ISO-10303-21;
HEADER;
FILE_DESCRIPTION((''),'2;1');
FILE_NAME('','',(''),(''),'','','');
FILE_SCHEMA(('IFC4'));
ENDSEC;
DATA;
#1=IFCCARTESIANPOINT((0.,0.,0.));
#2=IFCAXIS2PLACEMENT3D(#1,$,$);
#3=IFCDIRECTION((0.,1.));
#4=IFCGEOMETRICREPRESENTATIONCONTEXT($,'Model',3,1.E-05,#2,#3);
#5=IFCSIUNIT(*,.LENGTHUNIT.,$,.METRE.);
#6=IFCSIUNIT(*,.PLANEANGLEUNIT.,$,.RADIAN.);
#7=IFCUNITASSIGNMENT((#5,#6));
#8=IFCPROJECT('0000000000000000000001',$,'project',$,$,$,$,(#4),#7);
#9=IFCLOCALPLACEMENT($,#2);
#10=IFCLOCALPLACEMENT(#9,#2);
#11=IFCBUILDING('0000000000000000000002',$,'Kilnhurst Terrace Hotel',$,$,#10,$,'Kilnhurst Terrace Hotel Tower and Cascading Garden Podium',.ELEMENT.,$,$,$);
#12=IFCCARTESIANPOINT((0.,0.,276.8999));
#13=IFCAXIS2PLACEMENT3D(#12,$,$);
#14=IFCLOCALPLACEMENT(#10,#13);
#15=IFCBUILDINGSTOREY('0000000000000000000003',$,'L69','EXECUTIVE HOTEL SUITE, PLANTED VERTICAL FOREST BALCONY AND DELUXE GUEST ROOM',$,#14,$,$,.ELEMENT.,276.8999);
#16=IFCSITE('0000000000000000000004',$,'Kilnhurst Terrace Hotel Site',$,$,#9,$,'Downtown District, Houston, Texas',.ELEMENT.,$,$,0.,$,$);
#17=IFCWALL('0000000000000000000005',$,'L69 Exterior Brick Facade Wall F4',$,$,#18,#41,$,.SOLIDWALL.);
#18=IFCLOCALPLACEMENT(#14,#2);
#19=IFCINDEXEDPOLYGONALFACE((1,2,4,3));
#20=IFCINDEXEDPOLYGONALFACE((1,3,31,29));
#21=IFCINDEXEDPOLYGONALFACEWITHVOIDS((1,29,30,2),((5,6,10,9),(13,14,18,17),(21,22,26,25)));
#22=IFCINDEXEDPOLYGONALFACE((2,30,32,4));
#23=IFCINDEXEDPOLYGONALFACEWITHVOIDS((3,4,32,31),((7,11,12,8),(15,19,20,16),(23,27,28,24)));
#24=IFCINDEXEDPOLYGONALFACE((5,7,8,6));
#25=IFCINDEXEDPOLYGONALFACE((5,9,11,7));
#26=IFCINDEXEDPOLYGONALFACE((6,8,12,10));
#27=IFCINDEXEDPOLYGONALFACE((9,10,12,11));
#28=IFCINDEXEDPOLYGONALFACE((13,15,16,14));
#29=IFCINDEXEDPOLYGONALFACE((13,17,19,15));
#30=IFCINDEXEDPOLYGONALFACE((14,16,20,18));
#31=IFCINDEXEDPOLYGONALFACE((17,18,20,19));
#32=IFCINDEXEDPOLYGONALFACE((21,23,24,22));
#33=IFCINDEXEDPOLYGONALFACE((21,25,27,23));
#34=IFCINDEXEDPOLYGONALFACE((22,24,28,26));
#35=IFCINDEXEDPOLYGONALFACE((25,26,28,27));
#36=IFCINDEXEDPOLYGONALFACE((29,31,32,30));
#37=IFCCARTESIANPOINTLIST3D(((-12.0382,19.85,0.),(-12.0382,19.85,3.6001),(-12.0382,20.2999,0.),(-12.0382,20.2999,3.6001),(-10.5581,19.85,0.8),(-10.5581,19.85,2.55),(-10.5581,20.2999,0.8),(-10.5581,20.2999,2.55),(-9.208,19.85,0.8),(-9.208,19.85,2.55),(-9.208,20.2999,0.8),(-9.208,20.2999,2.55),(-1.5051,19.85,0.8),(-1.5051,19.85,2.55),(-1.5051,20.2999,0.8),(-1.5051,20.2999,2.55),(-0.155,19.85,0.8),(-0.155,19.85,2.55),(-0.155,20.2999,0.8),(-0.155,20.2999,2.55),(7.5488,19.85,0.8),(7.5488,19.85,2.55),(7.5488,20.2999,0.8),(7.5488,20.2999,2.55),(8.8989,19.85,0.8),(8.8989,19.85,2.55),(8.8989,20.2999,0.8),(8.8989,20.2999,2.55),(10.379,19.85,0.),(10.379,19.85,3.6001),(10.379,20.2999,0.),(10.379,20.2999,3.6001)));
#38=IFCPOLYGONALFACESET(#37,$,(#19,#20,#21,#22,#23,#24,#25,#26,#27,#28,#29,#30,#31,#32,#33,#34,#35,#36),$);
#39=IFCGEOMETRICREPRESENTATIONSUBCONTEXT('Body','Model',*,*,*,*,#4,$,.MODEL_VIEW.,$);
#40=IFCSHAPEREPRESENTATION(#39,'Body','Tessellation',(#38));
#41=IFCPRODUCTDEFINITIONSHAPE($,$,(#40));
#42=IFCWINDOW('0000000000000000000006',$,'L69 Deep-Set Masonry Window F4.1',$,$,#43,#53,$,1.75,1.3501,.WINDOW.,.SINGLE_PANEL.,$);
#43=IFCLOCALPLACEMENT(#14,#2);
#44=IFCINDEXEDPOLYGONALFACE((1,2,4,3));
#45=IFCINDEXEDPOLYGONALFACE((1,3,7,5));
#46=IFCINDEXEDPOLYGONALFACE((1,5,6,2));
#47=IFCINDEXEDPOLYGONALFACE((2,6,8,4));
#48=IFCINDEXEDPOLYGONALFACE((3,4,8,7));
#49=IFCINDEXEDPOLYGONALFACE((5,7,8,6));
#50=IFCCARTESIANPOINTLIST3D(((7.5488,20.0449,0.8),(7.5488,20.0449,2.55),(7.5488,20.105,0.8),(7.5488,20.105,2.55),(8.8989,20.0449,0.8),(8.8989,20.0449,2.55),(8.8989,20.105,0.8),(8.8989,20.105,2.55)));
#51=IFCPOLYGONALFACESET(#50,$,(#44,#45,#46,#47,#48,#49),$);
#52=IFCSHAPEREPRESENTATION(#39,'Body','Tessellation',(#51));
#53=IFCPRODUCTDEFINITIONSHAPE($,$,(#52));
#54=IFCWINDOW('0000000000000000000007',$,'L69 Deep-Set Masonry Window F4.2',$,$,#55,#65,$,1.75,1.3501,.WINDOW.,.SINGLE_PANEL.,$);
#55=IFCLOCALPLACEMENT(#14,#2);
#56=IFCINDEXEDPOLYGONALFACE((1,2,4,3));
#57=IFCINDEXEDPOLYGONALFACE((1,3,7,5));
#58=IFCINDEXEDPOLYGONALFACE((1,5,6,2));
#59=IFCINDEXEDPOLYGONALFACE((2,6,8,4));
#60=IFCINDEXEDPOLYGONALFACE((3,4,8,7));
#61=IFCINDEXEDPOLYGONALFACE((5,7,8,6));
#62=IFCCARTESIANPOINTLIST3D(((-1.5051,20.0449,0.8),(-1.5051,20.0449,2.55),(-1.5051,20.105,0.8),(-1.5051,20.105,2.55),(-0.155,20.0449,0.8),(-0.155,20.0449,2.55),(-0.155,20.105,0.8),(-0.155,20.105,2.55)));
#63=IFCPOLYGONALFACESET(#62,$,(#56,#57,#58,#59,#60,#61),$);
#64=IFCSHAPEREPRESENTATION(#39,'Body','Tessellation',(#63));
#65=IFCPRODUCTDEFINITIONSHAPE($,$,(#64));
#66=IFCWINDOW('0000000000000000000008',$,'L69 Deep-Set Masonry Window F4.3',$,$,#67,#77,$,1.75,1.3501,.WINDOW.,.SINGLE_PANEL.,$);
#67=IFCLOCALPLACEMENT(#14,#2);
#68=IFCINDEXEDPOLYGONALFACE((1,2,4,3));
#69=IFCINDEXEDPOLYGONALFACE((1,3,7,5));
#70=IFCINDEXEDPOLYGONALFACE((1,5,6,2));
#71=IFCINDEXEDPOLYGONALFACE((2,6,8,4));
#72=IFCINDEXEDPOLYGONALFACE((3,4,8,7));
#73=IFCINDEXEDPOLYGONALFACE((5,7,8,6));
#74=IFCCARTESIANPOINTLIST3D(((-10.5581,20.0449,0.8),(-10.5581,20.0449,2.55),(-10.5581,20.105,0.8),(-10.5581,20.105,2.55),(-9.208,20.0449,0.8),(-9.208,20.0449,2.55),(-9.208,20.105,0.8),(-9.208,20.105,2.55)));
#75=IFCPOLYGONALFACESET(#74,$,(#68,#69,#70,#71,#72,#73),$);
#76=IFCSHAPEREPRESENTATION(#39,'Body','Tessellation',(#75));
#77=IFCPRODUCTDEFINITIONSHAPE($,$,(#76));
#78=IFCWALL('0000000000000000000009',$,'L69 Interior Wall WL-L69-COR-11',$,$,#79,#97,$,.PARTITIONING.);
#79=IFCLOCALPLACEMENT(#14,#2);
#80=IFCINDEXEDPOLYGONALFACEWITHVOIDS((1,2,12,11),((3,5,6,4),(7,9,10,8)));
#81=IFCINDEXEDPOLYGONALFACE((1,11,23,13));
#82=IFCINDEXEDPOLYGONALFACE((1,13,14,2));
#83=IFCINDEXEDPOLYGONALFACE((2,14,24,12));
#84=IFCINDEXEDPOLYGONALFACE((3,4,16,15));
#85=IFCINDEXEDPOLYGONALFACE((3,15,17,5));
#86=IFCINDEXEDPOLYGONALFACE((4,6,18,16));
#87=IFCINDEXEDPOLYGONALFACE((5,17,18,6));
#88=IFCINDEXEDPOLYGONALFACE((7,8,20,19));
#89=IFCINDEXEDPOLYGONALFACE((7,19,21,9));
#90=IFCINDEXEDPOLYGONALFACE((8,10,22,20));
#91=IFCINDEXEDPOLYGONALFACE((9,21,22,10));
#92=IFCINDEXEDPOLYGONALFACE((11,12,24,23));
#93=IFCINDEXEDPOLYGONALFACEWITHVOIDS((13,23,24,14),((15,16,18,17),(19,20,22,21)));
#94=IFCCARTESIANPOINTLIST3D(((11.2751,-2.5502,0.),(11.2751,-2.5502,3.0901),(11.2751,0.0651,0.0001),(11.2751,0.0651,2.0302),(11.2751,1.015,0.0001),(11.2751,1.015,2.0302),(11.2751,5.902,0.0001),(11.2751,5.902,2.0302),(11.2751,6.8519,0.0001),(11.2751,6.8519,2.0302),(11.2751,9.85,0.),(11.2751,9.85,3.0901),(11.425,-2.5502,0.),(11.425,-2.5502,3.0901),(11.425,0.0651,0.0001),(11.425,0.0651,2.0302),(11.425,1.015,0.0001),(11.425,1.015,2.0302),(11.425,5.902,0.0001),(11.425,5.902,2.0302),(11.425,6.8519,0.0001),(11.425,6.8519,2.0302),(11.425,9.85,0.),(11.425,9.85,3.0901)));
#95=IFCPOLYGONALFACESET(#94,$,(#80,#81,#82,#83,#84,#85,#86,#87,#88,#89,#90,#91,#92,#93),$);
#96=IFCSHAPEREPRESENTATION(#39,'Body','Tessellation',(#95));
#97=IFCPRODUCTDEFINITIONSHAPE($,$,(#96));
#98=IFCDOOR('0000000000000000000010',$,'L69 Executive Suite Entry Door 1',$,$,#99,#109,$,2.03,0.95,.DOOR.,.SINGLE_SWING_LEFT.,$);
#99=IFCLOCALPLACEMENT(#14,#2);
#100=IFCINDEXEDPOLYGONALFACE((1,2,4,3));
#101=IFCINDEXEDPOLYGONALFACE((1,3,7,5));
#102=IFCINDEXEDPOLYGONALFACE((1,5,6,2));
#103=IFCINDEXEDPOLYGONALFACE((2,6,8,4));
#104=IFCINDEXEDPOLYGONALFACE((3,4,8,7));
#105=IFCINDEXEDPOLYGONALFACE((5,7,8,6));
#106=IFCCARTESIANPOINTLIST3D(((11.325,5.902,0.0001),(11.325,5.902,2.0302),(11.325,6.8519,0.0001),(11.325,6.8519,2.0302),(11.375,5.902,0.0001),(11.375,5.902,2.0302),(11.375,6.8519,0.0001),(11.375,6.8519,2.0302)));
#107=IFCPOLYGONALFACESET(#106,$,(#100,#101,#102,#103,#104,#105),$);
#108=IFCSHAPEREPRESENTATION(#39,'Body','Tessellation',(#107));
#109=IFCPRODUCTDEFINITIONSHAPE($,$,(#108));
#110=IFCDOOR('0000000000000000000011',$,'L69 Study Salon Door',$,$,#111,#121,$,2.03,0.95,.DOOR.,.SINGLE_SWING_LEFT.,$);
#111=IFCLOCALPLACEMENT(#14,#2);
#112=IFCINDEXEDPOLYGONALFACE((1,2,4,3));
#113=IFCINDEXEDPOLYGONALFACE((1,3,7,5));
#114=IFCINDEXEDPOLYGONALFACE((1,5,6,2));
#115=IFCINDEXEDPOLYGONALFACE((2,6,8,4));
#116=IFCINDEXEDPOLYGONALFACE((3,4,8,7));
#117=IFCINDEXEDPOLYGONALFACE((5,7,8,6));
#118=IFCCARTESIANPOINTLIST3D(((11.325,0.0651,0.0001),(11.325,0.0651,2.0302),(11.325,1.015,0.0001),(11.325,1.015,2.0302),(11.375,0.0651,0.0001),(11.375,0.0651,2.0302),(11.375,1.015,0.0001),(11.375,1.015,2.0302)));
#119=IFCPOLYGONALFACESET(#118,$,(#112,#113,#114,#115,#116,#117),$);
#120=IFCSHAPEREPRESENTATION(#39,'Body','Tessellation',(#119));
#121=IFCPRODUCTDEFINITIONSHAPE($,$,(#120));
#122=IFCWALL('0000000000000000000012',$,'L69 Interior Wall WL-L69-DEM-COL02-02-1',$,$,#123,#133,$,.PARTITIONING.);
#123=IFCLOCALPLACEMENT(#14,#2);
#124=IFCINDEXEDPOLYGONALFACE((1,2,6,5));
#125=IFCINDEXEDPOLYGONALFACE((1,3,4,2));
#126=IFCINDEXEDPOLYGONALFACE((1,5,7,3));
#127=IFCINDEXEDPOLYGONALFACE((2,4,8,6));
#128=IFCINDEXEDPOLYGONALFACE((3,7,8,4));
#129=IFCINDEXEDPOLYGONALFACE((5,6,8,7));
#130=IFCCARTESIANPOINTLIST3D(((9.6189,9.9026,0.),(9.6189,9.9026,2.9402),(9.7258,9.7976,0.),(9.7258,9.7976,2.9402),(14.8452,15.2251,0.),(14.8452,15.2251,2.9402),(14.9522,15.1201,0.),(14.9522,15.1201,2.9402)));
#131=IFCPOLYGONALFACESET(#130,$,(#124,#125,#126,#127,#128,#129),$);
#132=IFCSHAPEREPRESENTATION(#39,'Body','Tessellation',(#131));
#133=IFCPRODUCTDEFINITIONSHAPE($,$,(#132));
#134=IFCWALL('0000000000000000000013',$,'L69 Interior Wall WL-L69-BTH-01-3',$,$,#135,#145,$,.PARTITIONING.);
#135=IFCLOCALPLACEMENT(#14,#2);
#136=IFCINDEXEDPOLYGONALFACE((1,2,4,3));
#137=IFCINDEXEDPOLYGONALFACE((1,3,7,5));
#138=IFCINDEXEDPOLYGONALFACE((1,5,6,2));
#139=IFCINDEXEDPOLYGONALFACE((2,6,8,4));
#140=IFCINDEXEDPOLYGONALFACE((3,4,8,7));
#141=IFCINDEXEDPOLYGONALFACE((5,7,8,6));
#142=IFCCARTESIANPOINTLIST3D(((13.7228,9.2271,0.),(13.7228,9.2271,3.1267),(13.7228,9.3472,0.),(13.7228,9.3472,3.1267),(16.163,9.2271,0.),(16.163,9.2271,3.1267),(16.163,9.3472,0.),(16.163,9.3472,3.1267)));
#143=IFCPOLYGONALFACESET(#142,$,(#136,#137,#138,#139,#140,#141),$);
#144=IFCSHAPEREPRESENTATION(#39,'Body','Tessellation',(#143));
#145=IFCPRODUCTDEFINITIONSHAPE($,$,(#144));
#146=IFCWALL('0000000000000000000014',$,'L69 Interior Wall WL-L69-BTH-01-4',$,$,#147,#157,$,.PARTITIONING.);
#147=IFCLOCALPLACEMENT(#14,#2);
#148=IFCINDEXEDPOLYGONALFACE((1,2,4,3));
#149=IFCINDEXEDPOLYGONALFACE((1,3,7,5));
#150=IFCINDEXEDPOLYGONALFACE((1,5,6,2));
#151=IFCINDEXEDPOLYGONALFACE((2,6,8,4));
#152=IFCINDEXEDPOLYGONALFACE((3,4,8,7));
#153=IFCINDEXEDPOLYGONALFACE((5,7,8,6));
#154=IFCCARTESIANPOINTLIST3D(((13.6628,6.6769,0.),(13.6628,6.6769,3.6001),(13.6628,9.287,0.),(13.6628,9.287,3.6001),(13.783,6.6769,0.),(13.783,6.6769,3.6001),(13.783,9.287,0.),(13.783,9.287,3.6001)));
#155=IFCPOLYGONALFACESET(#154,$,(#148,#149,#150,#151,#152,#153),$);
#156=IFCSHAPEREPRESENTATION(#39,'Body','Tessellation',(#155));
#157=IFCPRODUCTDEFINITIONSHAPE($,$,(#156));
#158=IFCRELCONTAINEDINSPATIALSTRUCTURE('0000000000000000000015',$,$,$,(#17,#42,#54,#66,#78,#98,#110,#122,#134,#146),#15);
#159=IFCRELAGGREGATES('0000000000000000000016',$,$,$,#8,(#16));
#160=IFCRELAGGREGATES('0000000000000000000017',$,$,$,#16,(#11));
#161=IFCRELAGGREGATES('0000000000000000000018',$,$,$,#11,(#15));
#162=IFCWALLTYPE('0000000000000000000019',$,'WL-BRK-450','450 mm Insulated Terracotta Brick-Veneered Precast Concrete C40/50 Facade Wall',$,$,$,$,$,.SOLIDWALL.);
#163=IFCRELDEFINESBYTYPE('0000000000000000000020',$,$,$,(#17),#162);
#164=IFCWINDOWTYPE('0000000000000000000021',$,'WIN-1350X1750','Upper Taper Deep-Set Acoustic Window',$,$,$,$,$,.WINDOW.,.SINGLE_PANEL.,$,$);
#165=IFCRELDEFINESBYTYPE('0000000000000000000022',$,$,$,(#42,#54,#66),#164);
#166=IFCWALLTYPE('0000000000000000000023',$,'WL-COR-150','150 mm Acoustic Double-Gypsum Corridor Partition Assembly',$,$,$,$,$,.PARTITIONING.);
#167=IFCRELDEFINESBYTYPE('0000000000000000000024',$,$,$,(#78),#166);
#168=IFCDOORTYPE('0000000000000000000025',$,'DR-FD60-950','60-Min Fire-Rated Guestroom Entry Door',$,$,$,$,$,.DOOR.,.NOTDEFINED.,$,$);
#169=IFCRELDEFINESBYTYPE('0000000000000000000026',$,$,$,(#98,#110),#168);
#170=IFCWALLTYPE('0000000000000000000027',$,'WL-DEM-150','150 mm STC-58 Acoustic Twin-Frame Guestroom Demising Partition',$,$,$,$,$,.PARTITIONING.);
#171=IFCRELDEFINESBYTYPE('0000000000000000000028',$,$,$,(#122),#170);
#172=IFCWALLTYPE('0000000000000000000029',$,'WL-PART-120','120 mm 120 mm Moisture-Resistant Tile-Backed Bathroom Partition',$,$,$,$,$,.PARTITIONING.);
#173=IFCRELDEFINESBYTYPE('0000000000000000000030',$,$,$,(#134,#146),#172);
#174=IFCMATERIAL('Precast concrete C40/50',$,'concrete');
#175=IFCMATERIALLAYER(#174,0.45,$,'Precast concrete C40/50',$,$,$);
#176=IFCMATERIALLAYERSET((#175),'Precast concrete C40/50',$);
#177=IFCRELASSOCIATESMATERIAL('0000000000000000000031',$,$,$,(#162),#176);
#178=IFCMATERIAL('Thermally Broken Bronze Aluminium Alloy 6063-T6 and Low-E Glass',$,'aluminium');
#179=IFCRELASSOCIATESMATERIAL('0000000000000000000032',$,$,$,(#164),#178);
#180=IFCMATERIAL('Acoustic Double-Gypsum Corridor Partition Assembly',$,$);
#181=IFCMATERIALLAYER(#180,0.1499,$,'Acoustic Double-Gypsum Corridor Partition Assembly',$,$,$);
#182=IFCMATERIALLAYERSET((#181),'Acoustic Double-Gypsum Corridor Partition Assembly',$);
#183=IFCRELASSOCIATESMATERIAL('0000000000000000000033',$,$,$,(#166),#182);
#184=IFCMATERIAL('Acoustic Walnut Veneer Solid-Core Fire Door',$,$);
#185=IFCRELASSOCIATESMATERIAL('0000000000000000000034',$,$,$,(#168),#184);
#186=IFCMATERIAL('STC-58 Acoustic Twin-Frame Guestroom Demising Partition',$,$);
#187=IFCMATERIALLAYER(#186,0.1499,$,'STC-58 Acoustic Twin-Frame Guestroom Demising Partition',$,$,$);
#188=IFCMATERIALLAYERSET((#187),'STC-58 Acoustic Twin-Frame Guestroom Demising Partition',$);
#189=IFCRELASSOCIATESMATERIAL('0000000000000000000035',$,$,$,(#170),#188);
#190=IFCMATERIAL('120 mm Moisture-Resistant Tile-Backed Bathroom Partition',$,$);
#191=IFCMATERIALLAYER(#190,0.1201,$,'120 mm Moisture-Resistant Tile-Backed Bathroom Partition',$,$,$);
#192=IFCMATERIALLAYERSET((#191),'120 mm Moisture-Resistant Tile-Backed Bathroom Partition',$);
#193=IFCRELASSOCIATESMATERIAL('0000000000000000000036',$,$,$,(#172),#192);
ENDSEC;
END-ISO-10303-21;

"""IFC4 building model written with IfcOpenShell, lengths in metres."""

from ifc_helpers import new_model, si_unit, direction, frame, frame_2d, origin, place, context, subcontext, project, spatial, rectangle, extrude, material, layer, layer_set, type_object, element, fill, save


model = new_model("IFC4")

# Units and contexts
model_context = context("Model", 3, precision=1e-05, world=origin(), true_north=direction((0.0, 1.0)))
body_context = subcontext(model_context, "Body", "Model", "MODEL_VIEW")
ifc_project = project(units=[si_unit("LENGTHUNIT", "METRE"), si_unit("PLANEANGLEUNIT", "RADIAN")], contexts=[model_context])

# Site, building, storey
site_placement = place(None, origin())
site = spatial("IfcSite", under=ifc_project, at=site_placement, Name="Kilnhurst Terrace Hotel Site", LongName="Downtown District, Houston, Texas", CompositionType="ELEMENT", RefElevation=0.0)
building_placement = place(site_placement, origin())
building = spatial("IfcBuilding", under=site, at=building_placement, Name="Kilnhurst Terrace Hotel", LongName="Kilnhurst Terrace Hotel Tower and Cascading Garden Podium", CompositionType="ELEMENT")
storey_placement = place(building_placement, frame((0.0, 0.0, 276.8999)))
storey = spatial("IfcBuildingStorey", under=building, at=storey_placement, Name="L69", Description="EXECUTIVE HOTEL SUITE, PLANTED VERTICAL FOREST BALCONY AND DELUXE GUEST ROOM", CompositionType="ELEMENT", Elevation=276.8999)

# Shared definitions
ifc_material_1 = material(Name="Precast concrete C40/50", Category="concrete")
ifc_layer_1 = layer(ifc_material_1, 0.45, Name="Precast concrete C40/50")
ifc_layer_set_1 = layer_set([ifc_layer_1], Name="Precast concrete C40/50")
wall_type_1 = type_object("IfcWallType", Name="WL-BRK-450", Description="450 mm Insulated Terracotta Brick-Veneered Precast Concrete C40/50 Facade Wall", PredefinedType="SOLIDWALL", material=ifc_layer_set_1)

# Wall, openings, windows
wall_1_placement = place(storey_placement, frame((10.3789, 20.075, 0.0), z_axis=(0.0, 0.0, 1.0), x_axis=(-1.0, 0.0, 0.0)))
wall_1 = element("IfcWall", 1, at=wall_1_placement, inside=storey, type_object=wall_type_1, Name="L69 Exterior Brick Facade Wall F4", PredefinedType="SOLIDWALL", context=body_context, shape_type="SweptSolid", body=[
    extrude(rectangle(XDim=22.4172, YDim=0.45, at=frame_2d((11.2085, 0.0))), origin(), (0.0, 0.0, 1.0), 3.6001),
])
opening_1_placement = place(wall_1_placement, frame((1.48, 0.0, 0.8)))
opening_1 = element("IfcOpeningElement", 2, at=opening_1_placement, cuts=wall_1, PredefinedType="OPENING", context=body_context, shape_type="SweptSolid", body=[
    extrude(rectangle(XDim=1.3501, YDim=1.75, at=frame_2d((0.675, 0.875))), frame((0.0, 0.2349, 0.0), z_axis=(0.0, -1.0, 0.0), x_axis=(1.0, 0.0, 0.0)), (0.0, 0.0, 1.0), 0.47),
])
opening_2_placement = place(wall_1_placement, frame((10.5339, 0.0, 0.8)))
opening_2 = element("IfcOpeningElement", 3, at=opening_2_placement, cuts=wall_1, PredefinedType="OPENING", context=body_context, shape_type="SweptSolid", body=[
    extrude(rectangle(XDim=1.3501, YDim=1.75, at=frame_2d((0.675, 0.875))), frame((0.0, 0.2349, 0.0), z_axis=(0.0, -1.0, 0.0), x_axis=(1.0, 0.0, 0.0)), (0.0, 0.0, 1.0), 0.47),
])
opening_3_placement = place(wall_1_placement, frame((19.5869, 0.0, 0.8)))
opening_3 = element("IfcOpeningElement", 4, at=opening_3_placement, cuts=wall_1, PredefinedType="OPENING", context=body_context, shape_type="SweptSolid", body=[
    extrude(rectangle(XDim=1.3501, YDim=1.75, at=frame_2d((0.675, 0.875))), frame((0.0, 0.2349, 0.0), z_axis=(0.0, -1.0, 0.0), x_axis=(1.0, 0.0, 0.0)), (0.0, 0.0, 1.0), 0.47),
])
ifc_material_2 = material(Name="Thermally Broken Bronze Aluminium Alloy 6063-T6 and Low-E Glass", Category="aluminium")
window_type = type_object("IfcWindowType", Name="WIN-1350X1750", Description="Upper Taper Deep-Set Acoustic Window", PartitioningType="SINGLE_PANEL", PredefinedType="WINDOW", material=ifc_material_2)
window_1_placement = place(opening_1_placement, origin())
window_1 = element("IfcWindow", 5, at=window_1_placement, inside=storey, type_object=window_type, Name="L69 Deep-Set Masonry Window F4.1", OverallHeight=1.75, OverallWidth=1.3501, PartitioningType="SINGLE_PANEL", PredefinedType="WINDOW", context=body_context, shape_type="SweptSolid", body=[
    extrude(rectangle(XDim=1.3501, YDim=1.75, at=frame_2d((0.675, 0.875))), frame((0.0, 0.03, 0.0), z_axis=(0.0, -1.0, 0.0), x_axis=(1.0, 0.0, 0.0)), (0.0, 0.0, 1.0), 0.0601),
])
fill(opening_1, window_1)
window_2_placement = place(opening_2_placement, origin())
window_2 = element("IfcWindow", 6, at=window_2_placement, inside=storey, type_object=window_type, Name="L69 Deep-Set Masonry Window F4.2", OverallHeight=1.75, OverallWidth=1.3501, PartitioningType="SINGLE_PANEL", PredefinedType="WINDOW", context=body_context, shape_type="SweptSolid", body=[
    extrude(rectangle(XDim=1.3501, YDim=1.75, at=frame_2d((0.675, 0.875))), frame((0.0, 0.03, 0.0), z_axis=(0.0, -1.0, 0.0), x_axis=(1.0, 0.0, 0.0)), (0.0, 0.0, 1.0), 0.0601),
])
fill(opening_2, window_2)
window_3_placement = place(opening_3_placement, origin())
window_3 = element("IfcWindow", 7, at=window_3_placement, inside=storey, type_object=window_type, Name="L69 Deep-Set Masonry Window F4.3", OverallHeight=1.75, OverallWidth=1.3501, PartitioningType="SINGLE_PANEL", PredefinedType="WINDOW", context=body_context, shape_type="SweptSolid", body=[
    extrude(rectangle(XDim=1.3501, YDim=1.75, at=frame_2d((0.675, 0.875))), frame((0.0, 0.03, 0.0), z_axis=(0.0, -1.0, 0.0), x_axis=(1.0, 0.0, 0.0)), (0.0, 0.0, 1.0), 0.0601),
])
fill(opening_3, window_3)

# Wall, openings, doors
ifc_material_3 = material(Name="Acoustic Double-Gypsum Corridor Partition Assembly")
ifc_layer_2 = layer(ifc_material_3, 0.1499, Name="Acoustic Double-Gypsum Corridor Partition Assembly")
ifc_layer_set_2 = layer_set([ifc_layer_2], Name="Acoustic Double-Gypsum Corridor Partition Assembly")
wall_type_2 = type_object("IfcWallType", Name="WL-COR-150", Description="150 mm Acoustic Double-Gypsum Corridor Partition Assembly", PredefinedType="PARTITIONING", material=ifc_layer_set_2)
wall_2_placement = place(storey_placement, frame((11.3501, 9.8501, 0.0), z_axis=(0.0, 0.0, 1.0), x_axis=(0.0, -1.0, 0.0)))
wall_2 = element("IfcWall", 8, at=wall_2_placement, inside=storey, type_object=wall_type_2, Name="L69 Interior Wall WL-L69-COR-11", PredefinedType="PARTITIONING", context=body_context, shape_type="SweptSolid", body=[
    extrude(rectangle(XDim=12.4001, YDim=0.1499, at=frame_2d((6.2002, 0.0))), origin(), (0.0, 0.0, 1.0), 3.0901),
])
opening_4_placement = place(wall_2_placement, frame((2.998, 0.0, 0.0)))
opening_4 = element("IfcOpeningElement", 9, at=opening_4_placement, cuts=wall_2, PredefinedType="OPENING", context=body_context, shape_type="SweptSolid", body=[
    extrude(rectangle(XDim=0.95, YDim=2.03, at=frame_2d((0.4751, 1.0151))), frame((0.0, 0.085, 0.0), z_axis=(0.0, -1.0, 0.0), x_axis=(1.0, 0.0, 0.0)), (0.0, 0.0, 1.0), 0.1699),
])
opening_5_placement = place(wall_2_placement, frame((8.835, 0.0, 0.0)))
opening_5 = element("IfcOpeningElement", 10, at=opening_5_placement, cuts=wall_2, PredefinedType="OPENING", context=body_context, shape_type="SweptSolid", body=[
    extrude(rectangle(XDim=0.95, YDim=2.03, at=frame_2d((0.4751, 1.0151))), frame((0.0, 0.085, 0.0), z_axis=(0.0, -1.0, 0.0), x_axis=(1.0, 0.0, 0.0)), (0.0, 0.0, 1.0), 0.1699),
])
ifc_material_4 = material(Name="Acoustic Walnut Veneer Solid-Core Fire Door")
door_type = type_object("IfcDoorType", Name="DR-FD60-950", Description="60-Min Fire-Rated Guestroom Entry Door", OperationType="NOTDEFINED", PredefinedType="DOOR", material=ifc_material_4)
door_1_placement = place(opening_4_placement, origin())
door_1 = element("IfcDoor", 11, at=door_1_placement, inside=storey, type_object=door_type, Name="L69 Executive Suite Entry Door 1", OperationType="SINGLE_SWING_LEFT", OverallHeight=2.03, OverallWidth=0.95, PredefinedType="DOOR", context=body_context, shape_type="SweptSolid", body=[
    extrude(rectangle(XDim=0.95, YDim=2.03, at=frame_2d((0.4751, 1.0151))), frame((0.0, 0.0249, 0.0), z_axis=(0.0, -1.0, 0.0), x_axis=(1.0, 0.0, 0.0)), (0.0, 0.0, 1.0), 0.05),
])
fill(opening_4, door_1)
door_2_placement = place(opening_5_placement, origin())
door_2 = element("IfcDoor", 12, at=door_2_placement, inside=storey, type_object=door_type, Name="L69 Study Salon Door", OperationType="SINGLE_SWING_LEFT", OverallHeight=2.03, OverallWidth=0.95, PredefinedType="DOOR", context=body_context, shape_type="SweptSolid", body=[
    extrude(rectangle(XDim=0.95, YDim=2.03, at=frame_2d((0.4751, 1.0151))), frame((0.0, 0.0249, 0.0), z_axis=(0.0, -1.0, 0.0), x_axis=(1.0, 0.0, 0.0)), (0.0, 0.0, 1.0), 0.05),
])
fill(opening_5, door_2)

# Walls
ifc_material_5 = material(Name="STC-58 Acoustic Twin-Frame Guestroom Demising Partition")
ifc_layer_3 = layer(ifc_material_5, 0.1499, Name="STC-58 Acoustic Twin-Frame Guestroom Demising Partition")
ifc_layer_set_3 = layer_set([ifc_layer_3], Name="STC-58 Acoustic Twin-Frame Guestroom Demising Partition")
wall_type_3 = type_object("IfcWallType", Name="WL-DEM-150", Description="150 mm STC-58 Acoustic Twin-Frame Guestroom Demising Partition", PredefinedType="PARTITIONING", material=ifc_layer_set_3)
wall_3_placement = place(storey_placement, frame((9.6724, 9.8501, 0.0), z_axis=(0.0, 0.0, 1.0), x_axis=(0.70063, 0.713525, 0.0)))
element("IfcWall", 13, at=wall_3_placement, inside=storey, type_object=wall_type_3, Name="L69 Interior Wall WL-L69-DEM-COL02-02-1", PredefinedType="PARTITIONING", context=body_context, shape_type="SweptSolid", body=[
    extrude(rectangle(XDim=7.4595, YDim=0.1499, at=frame_2d((3.7297, 0.0))), origin(), (0.0, 0.0, 1.0), 2.9402),
])
ifc_material_6 = material(Name="120 mm Moisture-Resistant Tile-Backed Bathroom Partition")
ifc_layer_4 = layer(ifc_material_6, 0.1201, Name="120 mm Moisture-Resistant Tile-Backed Bathroom Partition")
ifc_layer_set_4 = layer_set([ifc_layer_4], Name="120 mm Moisture-Resistant Tile-Backed Bathroom Partition")
wall_type_4 = type_object("IfcWallType", Name="WL-PART-120", Description="120 mm 120 mm Moisture-Resistant Tile-Backed Bathroom Partition", PredefinedType="PARTITIONING", material=ifc_layer_set_4)
wall_4_placement = place(storey_placement, frame((16.1631, 9.2871, 0.0), z_axis=(0.0, 0.0, 1.0), x_axis=(-1.0, 0.0, 0.0)))
element("IfcWall", 14, at=wall_4_placement, inside=storey, type_object=wall_type_4, Name="L69 Interior Wall WL-L69-BTH-01-3", PredefinedType="PARTITIONING", context=body_context, shape_type="SweptSolid", body=[
    extrude(rectangle(XDim=2.4402, YDim=0.1201, at=frame_2d((1.2202, 0.0))), origin(), (0.0, 0.0, 1.0), 3.1267),
])
wall_5_placement = place(storey_placement, frame((13.7229, 9.2871, 0.0), z_axis=(0.0, 0.0, 1.0), x_axis=(0.0, -1.0, 0.0)))
element("IfcWall", 15, at=wall_5_placement, inside=storey, type_object=wall_type_4, Name="L69 Interior Wall WL-L69-BTH-01-4", PredefinedType="PARTITIONING", context=body_context, shape_type="SweptSolid", body=[
    extrude(rectangle(XDim=2.6101, YDim=0.1201, at=frame_2d((1.3052, 0.0))), origin(), (0.0, 0.0, 1.0), 3.6001),
])

save(model, "model.ifc")
